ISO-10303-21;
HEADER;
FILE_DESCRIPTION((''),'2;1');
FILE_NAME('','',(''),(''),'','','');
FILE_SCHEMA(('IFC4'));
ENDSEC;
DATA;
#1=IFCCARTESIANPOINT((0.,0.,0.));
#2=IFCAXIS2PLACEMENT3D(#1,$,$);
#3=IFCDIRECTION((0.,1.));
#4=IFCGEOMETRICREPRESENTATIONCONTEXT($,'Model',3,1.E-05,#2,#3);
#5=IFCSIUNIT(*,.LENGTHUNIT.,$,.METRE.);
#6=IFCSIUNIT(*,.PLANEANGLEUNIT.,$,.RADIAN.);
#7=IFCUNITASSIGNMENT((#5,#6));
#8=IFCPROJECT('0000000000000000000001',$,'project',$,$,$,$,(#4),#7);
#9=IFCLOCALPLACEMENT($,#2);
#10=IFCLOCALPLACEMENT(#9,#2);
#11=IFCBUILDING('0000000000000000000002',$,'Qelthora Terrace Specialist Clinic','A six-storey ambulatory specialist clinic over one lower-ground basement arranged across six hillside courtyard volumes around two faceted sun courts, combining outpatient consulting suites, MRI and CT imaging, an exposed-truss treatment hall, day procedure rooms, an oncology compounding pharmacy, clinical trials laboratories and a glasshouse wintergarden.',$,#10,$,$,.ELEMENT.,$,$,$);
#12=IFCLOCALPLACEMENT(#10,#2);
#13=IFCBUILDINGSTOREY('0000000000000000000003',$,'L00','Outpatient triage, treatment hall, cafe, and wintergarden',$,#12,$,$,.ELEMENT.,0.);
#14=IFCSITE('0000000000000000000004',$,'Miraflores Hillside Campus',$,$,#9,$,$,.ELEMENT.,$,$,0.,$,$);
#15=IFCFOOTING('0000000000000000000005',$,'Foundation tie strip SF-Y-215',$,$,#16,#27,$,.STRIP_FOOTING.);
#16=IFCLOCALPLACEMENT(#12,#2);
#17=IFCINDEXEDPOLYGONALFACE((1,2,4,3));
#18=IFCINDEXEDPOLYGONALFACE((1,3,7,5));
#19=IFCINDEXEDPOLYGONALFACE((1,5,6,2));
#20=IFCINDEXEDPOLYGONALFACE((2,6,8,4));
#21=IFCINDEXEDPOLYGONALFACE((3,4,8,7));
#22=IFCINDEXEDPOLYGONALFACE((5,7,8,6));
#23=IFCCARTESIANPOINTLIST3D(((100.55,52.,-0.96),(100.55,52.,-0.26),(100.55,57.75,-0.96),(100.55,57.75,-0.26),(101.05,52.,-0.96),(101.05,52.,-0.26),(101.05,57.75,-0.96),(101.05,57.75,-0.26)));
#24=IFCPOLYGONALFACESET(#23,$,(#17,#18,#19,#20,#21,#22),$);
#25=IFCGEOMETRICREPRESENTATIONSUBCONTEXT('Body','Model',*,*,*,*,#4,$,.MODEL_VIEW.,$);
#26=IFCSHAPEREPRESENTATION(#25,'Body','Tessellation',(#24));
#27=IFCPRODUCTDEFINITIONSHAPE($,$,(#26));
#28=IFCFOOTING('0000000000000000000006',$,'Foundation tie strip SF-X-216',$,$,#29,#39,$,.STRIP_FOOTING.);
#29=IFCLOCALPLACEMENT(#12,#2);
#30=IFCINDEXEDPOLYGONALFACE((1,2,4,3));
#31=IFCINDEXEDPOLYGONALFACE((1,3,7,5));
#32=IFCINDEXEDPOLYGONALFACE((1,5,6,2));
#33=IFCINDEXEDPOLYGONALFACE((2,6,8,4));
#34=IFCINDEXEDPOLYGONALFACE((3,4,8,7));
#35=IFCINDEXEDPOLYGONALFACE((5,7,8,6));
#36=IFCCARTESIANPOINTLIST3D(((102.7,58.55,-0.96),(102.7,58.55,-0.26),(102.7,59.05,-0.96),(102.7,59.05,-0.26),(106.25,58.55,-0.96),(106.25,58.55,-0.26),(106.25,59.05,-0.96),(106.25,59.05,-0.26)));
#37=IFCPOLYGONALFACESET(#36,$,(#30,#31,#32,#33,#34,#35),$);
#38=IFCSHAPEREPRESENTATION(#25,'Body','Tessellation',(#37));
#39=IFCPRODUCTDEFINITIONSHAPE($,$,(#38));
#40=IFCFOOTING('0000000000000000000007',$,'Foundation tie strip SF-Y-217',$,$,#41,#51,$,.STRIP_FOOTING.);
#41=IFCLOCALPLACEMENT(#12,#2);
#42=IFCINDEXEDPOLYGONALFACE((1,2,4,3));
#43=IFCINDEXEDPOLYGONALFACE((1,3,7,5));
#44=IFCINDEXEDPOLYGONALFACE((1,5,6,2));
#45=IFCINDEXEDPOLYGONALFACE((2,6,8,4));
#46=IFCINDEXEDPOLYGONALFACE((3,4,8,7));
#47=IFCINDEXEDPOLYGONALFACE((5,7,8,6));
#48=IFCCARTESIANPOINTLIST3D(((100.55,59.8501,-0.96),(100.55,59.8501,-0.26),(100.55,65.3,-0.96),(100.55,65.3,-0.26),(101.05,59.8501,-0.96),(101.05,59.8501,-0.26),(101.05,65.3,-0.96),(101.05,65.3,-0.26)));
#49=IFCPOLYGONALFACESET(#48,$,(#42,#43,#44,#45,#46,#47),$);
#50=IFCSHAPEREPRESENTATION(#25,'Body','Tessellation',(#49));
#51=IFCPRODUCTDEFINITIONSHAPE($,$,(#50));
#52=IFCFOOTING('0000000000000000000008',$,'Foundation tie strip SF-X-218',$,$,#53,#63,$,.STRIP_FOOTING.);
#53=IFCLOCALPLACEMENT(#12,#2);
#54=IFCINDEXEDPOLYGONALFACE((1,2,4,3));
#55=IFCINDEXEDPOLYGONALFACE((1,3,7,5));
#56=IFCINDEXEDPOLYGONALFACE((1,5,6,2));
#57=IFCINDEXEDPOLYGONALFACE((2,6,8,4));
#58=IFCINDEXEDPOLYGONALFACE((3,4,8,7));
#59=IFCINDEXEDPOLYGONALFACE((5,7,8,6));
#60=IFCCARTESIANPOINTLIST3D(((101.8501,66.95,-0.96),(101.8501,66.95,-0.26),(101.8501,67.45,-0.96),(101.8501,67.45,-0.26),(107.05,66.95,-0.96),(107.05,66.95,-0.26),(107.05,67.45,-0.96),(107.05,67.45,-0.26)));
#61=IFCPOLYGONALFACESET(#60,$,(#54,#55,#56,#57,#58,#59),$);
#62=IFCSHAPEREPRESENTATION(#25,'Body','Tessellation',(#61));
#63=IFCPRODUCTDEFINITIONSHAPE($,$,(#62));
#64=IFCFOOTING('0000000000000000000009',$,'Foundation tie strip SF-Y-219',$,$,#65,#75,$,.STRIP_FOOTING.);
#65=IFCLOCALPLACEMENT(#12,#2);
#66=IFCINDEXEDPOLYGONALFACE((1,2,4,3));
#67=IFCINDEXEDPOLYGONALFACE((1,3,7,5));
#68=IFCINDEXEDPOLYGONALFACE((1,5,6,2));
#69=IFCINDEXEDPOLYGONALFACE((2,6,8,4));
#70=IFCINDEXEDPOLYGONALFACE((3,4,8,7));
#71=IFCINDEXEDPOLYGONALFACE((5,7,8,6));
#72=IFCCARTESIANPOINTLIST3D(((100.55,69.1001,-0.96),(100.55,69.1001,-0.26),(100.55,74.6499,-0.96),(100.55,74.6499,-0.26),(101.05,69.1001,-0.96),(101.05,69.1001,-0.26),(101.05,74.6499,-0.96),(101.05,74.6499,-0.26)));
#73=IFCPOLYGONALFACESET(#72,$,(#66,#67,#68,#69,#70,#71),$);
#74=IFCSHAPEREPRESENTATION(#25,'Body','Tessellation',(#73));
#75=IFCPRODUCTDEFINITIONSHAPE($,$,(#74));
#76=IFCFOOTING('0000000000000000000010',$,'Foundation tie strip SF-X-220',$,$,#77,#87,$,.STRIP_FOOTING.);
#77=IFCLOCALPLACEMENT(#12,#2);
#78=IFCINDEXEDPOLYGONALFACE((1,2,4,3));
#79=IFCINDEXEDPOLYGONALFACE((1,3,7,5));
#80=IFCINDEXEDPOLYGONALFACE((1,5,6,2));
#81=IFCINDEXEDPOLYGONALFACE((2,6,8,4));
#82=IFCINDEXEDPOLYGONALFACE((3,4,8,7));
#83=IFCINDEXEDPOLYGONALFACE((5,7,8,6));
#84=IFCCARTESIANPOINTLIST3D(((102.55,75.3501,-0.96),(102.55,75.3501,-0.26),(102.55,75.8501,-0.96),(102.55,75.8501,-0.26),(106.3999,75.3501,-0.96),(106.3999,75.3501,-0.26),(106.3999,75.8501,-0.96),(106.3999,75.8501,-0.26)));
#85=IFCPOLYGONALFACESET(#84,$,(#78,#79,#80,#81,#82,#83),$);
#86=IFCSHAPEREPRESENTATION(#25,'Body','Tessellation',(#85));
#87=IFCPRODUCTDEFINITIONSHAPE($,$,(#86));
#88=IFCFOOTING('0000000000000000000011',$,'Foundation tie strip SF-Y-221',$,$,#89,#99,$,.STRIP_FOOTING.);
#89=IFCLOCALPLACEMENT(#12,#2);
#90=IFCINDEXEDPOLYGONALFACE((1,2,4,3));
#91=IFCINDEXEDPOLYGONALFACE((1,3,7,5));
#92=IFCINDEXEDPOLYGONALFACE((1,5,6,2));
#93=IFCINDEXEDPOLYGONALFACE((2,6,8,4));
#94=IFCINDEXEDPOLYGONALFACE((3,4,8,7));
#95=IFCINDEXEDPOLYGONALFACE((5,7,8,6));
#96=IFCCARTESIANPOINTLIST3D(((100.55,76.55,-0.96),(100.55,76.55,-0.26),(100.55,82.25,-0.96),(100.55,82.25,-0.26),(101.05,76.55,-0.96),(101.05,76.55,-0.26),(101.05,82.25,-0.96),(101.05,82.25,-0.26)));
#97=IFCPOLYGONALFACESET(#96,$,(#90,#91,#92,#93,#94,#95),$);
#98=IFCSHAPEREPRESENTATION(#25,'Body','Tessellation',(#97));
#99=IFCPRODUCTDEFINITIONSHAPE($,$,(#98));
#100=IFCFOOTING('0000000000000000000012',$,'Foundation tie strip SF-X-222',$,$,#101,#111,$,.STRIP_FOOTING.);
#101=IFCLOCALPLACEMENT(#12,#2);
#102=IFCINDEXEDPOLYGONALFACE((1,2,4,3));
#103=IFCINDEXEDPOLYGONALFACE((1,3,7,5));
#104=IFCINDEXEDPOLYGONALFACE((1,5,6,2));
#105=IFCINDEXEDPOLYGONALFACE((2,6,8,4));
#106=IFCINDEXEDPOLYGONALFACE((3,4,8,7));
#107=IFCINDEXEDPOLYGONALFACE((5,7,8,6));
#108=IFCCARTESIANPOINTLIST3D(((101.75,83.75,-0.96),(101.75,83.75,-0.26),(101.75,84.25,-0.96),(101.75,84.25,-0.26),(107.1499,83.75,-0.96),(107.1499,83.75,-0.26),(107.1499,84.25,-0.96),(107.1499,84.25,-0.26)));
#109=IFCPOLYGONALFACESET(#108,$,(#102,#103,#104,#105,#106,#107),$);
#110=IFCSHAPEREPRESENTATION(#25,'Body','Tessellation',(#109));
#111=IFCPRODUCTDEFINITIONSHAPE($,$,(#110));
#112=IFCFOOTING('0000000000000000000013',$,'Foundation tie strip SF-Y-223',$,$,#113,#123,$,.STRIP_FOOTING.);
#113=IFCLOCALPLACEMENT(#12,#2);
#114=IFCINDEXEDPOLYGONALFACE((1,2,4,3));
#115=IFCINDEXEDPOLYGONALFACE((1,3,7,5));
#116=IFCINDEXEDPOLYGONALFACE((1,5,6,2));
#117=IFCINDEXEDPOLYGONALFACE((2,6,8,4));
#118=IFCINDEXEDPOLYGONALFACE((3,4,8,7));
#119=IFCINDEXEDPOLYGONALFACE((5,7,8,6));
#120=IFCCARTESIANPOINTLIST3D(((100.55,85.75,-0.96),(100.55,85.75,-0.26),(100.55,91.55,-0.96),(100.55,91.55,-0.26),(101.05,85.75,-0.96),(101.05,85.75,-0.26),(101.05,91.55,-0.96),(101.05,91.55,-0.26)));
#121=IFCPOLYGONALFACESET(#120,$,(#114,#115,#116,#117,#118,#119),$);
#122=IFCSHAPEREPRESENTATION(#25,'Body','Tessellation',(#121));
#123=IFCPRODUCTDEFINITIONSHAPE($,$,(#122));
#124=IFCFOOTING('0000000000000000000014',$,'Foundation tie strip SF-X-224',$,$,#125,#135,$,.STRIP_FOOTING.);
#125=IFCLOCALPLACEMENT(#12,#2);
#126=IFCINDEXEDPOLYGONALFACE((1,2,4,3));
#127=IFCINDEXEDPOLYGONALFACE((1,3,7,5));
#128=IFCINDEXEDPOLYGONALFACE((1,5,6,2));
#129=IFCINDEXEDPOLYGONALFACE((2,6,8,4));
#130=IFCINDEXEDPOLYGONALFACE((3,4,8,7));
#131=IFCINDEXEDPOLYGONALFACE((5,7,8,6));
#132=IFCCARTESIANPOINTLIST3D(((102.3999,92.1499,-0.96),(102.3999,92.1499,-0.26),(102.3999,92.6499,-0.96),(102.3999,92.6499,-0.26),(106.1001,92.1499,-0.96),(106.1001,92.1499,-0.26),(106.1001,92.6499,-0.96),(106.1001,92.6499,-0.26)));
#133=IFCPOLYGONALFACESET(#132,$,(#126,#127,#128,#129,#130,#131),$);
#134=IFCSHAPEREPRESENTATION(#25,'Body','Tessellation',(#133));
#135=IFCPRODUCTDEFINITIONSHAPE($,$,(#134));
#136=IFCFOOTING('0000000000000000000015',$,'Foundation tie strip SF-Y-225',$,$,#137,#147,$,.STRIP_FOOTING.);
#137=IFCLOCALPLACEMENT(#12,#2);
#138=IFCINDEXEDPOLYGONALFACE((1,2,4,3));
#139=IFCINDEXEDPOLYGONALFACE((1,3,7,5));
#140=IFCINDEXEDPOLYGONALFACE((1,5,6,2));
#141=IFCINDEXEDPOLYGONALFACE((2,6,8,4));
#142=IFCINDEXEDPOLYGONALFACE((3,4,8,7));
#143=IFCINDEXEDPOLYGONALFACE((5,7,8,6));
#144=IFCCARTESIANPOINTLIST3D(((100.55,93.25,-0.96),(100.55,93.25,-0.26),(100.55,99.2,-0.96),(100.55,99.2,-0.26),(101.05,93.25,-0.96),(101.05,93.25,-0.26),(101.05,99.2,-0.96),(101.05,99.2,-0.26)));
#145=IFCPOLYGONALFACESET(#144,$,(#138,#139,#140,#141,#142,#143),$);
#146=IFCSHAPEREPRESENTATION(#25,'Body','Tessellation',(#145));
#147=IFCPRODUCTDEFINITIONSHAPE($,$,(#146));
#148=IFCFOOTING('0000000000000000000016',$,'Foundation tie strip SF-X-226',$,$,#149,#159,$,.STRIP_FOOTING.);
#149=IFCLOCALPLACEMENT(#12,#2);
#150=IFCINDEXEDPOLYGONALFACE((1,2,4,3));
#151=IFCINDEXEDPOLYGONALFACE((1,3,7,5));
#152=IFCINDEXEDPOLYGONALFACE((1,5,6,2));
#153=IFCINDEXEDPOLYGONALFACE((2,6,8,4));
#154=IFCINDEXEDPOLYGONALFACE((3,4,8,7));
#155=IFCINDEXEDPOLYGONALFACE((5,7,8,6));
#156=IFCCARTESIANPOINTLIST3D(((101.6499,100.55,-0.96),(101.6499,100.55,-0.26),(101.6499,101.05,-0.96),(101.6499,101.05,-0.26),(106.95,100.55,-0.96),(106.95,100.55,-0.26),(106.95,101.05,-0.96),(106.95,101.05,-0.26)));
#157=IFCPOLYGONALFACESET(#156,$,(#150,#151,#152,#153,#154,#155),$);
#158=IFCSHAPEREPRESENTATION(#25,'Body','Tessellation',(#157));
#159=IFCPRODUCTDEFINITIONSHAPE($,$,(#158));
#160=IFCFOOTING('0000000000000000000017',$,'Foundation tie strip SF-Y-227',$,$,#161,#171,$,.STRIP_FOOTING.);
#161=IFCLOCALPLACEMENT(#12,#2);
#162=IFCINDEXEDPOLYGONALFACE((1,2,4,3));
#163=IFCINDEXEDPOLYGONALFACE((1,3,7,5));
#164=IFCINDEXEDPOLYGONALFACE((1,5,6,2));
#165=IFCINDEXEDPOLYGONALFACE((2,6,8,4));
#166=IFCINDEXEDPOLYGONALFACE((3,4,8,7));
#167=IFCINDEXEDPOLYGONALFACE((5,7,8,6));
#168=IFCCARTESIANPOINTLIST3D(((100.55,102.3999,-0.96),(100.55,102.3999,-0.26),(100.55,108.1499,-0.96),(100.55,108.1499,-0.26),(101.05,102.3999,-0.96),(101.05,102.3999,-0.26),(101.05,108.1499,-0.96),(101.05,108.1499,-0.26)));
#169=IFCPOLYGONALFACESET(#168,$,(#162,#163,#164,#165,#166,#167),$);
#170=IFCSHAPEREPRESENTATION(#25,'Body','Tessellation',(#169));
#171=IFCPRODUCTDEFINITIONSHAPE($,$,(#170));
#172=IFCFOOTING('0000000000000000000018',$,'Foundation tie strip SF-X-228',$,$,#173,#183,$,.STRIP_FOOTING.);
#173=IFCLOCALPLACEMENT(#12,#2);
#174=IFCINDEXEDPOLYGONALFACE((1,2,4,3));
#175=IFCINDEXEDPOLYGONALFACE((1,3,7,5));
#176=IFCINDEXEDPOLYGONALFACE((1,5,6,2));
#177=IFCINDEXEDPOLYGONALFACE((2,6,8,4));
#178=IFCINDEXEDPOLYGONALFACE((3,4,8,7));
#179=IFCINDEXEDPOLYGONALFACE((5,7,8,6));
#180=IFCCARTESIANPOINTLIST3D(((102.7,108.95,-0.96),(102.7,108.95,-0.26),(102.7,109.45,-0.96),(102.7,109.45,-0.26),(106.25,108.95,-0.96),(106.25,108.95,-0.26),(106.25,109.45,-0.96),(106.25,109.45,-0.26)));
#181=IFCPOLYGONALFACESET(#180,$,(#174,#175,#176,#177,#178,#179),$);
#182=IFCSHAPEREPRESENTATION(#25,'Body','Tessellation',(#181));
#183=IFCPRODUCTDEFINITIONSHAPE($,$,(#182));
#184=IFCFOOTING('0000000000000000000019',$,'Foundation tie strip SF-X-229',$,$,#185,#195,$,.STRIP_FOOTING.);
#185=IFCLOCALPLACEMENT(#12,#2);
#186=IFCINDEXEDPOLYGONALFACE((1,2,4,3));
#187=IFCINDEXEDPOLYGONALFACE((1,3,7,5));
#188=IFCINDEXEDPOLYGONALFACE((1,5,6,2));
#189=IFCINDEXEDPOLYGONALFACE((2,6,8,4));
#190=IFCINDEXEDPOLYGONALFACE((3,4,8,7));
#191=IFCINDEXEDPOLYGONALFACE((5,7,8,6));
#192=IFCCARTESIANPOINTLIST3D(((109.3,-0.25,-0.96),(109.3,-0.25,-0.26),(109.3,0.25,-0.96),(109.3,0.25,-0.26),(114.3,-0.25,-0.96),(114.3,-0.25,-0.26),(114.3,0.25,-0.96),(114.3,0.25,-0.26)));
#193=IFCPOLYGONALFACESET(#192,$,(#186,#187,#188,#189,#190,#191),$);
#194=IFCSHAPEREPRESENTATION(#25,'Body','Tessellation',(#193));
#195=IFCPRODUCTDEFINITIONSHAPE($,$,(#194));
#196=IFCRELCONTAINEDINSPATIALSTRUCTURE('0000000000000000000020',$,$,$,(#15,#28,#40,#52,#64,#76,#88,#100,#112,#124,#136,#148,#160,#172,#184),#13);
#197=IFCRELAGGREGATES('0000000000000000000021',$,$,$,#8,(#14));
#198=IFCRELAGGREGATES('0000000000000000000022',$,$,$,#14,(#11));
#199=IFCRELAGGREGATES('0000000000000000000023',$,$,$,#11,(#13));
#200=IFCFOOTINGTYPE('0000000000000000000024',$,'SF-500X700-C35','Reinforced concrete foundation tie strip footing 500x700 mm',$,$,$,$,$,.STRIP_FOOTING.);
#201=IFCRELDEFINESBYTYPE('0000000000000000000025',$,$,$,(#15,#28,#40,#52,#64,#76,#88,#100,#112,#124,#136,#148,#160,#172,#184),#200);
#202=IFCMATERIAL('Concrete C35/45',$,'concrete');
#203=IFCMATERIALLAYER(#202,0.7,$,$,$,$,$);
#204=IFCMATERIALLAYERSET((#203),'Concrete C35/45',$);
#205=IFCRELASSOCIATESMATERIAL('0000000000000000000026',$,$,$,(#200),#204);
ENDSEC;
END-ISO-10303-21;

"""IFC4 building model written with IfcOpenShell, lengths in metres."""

from ifc_helpers import new_model, si_unit, direction, frame, origin, place, context, subcontext, project, spatial, polyline, outline, extrude, material, layer, layer_set, type_object, element, save


model = new_model("IFC4")

# Units and contexts
model_context = context("Model", 3, precision=1e-05, world=origin(), true_north=direction((0.0, 1.0)))
body_context = subcontext(model_context, "Body", "Model", "MODEL_VIEW")
ifc_project = project(units=[si_unit("LENGTHUNIT", "METRE"), si_unit("PLANEANGLEUNIT", "RADIAN")], contexts=[model_context])

# Site, building, storey
site_placement = place(None, origin())
site = spatial("IfcSite", under=ifc_project, at=site_placement, Name="Miraflores Hillside Campus", CompositionType="ELEMENT", RefElevation=0.0)
building_placement = place(site_placement, origin())
building = spatial("IfcBuilding", under=site, at=building_placement, Name="Qelthora Terrace Specialist Clinic", Description="A six-storey ambulatory specialist clinic over one lower-ground basement arranged across six hillside courtyard volumes around two faceted sun courts, combining outpatient consulting suites, MRI and CT imaging, an exposed-truss treatment hall, day procedure rooms, an oncology compounding pharmacy, clinical trials laboratories and a glasshouse wintergarden.", CompositionType="ELEMENT")
storey_placement = place(building_placement, origin())
storey = spatial("IfcBuildingStorey", under=building, at=storey_placement, Name="L00", Description="Outpatient triage, treatment hall, cafe, and wintergarden", CompositionType="ELEMENT", Elevation=0.0)

# Footings
ifc_material = material(Name="Concrete C35/45", Category="concrete")
ifc_layer = layer(ifc_material, 0.7)
ifc_layer_set = layer_set([ifc_layer], Name="Concrete C35/45")
footing_type = type_object("IfcFootingType", Name="SF-500X700-C35", Description="Reinforced concrete foundation tie strip footing 500x700 mm", PredefinedType="STRIP_FOOTING", material=ifc_layer_set)
footing_1_placement = place(storey_placement, frame((0.0, 0.0, -0.96)))
element("IfcFooting", 1, at=footing_1_placement, inside=storey, type_object=footing_type, Name="Foundation tie strip SF-Y-215", PredefinedType="STRIP_FOOTING", context=body_context, shape_type="SweptSolid", body=[
    extrude(outline(polyline([(100.55, 52.0), (101.05, 52.0), (101.05, 57.75), (100.55, 57.75), (100.55, 52.0)])), origin(), (0.0, 0.0, 1.0), 0.7),
])
footing_2_placement = place(storey_placement, frame((0.0, 0.0, -0.96)))
element("IfcFooting", 2, at=footing_2_placement, inside=storey, type_object=footing_type, Name="Foundation tie strip SF-X-216", PredefinedType="STRIP_FOOTING", context=body_context, shape_type="SweptSolid", body=[
    extrude(outline(polyline([(102.7, 58.55), (106.25, 58.55), (106.25, 59.05), (102.7, 59.05), (102.7, 58.55)])), origin(), (0.0, 0.0, 1.0), 0.7),
])
footing_3_placement = place(storey_placement, frame((0.0, 0.0, -0.96)))
element("IfcFooting", 3, at=footing_3_placement, inside=storey, type_object=footing_type, Name="Foundation tie strip SF-Y-217", PredefinedType="STRIP_FOOTING", context=body_context, shape_type="SweptSolid", body=[
    extrude(outline(polyline([(100.55, 59.8501), (101.05, 59.8501), (101.05, 65.3), (100.55, 65.3), (100.55, 59.8501)])), origin(), (0.0, 0.0, 1.0), 0.7),
])
footing_4_placement = place(storey_placement, frame((0.0, 0.0, -0.96)))
element("IfcFooting", 4, at=footing_4_placement, inside=storey, type_object=footing_type, Name="Foundation tie strip SF-X-218", PredefinedType="STRIP_FOOTING", context=body_context, shape_type="SweptSolid", body=[
    extrude(outline(polyline([(101.8501, 66.95), (107.05, 66.95), (107.05, 67.45), (101.8501, 67.45), (101.8501, 66.95)])), origin(), (0.0, 0.0, 1.0), 0.7),
])
footing_5_placement = place(storey_placement, frame((0.0, 0.0, -0.96)))
element("IfcFooting", 5, at=footing_5_placement, inside=storey, type_object=footing_type, Name="Foundation tie strip SF-Y-219", PredefinedType="STRIP_FOOTING", context=body_context, shape_type="SweptSolid", body=[
    extrude(outline(polyline([(100.55, 69.1001), (101.05, 69.1001), (101.05, 74.6499), (100.55, 74.6499), (100.55, 69.1001)])), origin(), (0.0, 0.0, 1.0), 0.7),
])
footing_6_placement = place(storey_placement, frame((0.0, 0.0, -0.96)))
element("IfcFooting", 6, at=footing_6_placement, inside=storey, type_object=footing_type, Name="Foundation tie strip SF-X-220", PredefinedType="STRIP_FOOTING", context=body_context, shape_type="SweptSolid", body=[
    extrude(outline(polyline([(102.55, 75.3501), (106.3999, 75.3501), (106.3999, 75.8501), (102.55, 75.8501), (102.55, 75.3501)])), origin(), (0.0, 0.0, 1.0), 0.7),
])
footing_7_placement = place(storey_placement, frame((0.0, 0.0, -0.96)))
element("IfcFooting", 7, at=footing_7_placement, inside=storey, type_object=footing_type, Name="Foundation tie strip SF-Y-221", PredefinedType="STRIP_FOOTING", context=body_context, shape_type="SweptSolid", body=[
    extrude(outline(polyline([(100.55, 76.55), (101.05, 76.55), (101.05, 82.25), (100.55, 82.25), (100.55, 76.55)])), origin(), (0.0, 0.0, 1.0), 0.7),
])
footing_8_placement = place(storey_placement, frame((0.0, 0.0, -0.96)))
element("IfcFooting", 8, at=footing_8_placement, inside=storey, type_object=footing_type, Name="Foundation tie strip SF-X-222", PredefinedType="STRIP_FOOTING", context=body_context, shape_type="SweptSolid", body=[
    extrude(outline(polyline([(101.75, 83.75), (107.1499, 83.75), (107.1499, 84.25), (101.75, 84.25), (101.75, 83.75)])), origin(), (0.0, 0.0, 1.0), 0.7),
])
footing_9_placement = place(storey_placement, frame((0.0, 0.0, -0.96)))
element("IfcFooting", 9, at=footing_9_placement, inside=storey, type_object=footing_type, Name="Foundation tie strip SF-Y-223", PredefinedType="STRIP_FOOTING", context=body_context, shape_type="SweptSolid", body=[
    extrude(outline(polyline([(100.55, 85.75), (101.05, 85.75), (101.05, 91.55), (100.55, 91.55), (100.55, 85.75)])), origin(), (0.0, 0.0, 1.0), 0.7),
])
footing_10_placement = place(storey_placement, frame((0.0, 0.0, -0.96)))
element("IfcFooting", 10, at=footing_10_placement, inside=storey, type_object=footing_type, Name="Foundation tie strip SF-X-224", PredefinedType="STRIP_FOOTING", context=body_context, shape_type="SweptSolid", body=[
    extrude(outline(polyline([(102.3999, 92.1499), (106.1001, 92.1499), (106.1001, 92.6499), (102.3999, 92.6499), (102.3999, 92.1499)])), origin(), (0.0, 0.0, 1.0), 0.7),
])
footing_11_placement = place(storey_placement, frame((0.0, 0.0, -0.96)))
element("IfcFooting", 11, at=footing_11_placement, inside=storey, type_object=footing_type, Name="Foundation tie strip SF-Y-225", PredefinedType="STRIP_FOOTING", context=body_context, shape_type="SweptSolid", body=[
    extrude(outline(polyline([(100.55, 93.25), (101.05, 93.25), (101.05, 99.2), (100.55, 99.2), (100.55, 93.25)])), origin(), (0.0, 0.0, 1.0), 0.7),
])
footing_12_placement = place(storey_placement, frame((0.0, 0.0, -0.96)))
element("IfcFooting", 12, at=footing_12_placement, inside=storey, type_object=footing_type, Name="Foundation tie strip SF-X-226", PredefinedType="STRIP_FOOTING", context=body_context, shape_type="SweptSolid", body=[
    extrude(outline(polyline([(101.6499, 100.55), (106.95, 100.55), (106.95, 101.05), (101.6499, 101.05), (101.6499, 100.55)])), origin(), (0.0, 0.0, 1.0), 0.7),
])
footing_13_placement = place(storey_placement, frame((0.0, 0.0, -0.96)))
element("IfcFooting", 13, at=footing_13_placement, inside=storey, type_object=footing_type, Name="Foundation tie strip SF-Y-227", PredefinedType="STRIP_FOOTING", context=body_context, shape_type="SweptSolid", body=[
    extrude(outline(polyline([(100.55, 102.3999), (101.05, 102.3999), (101.05, 108.1499), (100.55, 108.1499), (100.55, 102.3999)])), origin(), (0.0, 0.0, 1.0), 0.7),
])
footing_14_placement = place(storey_placement, frame((0.0, 0.0, -0.96)))
element("IfcFooting", 14, at=footing_14_placement, inside=storey, type_object=footing_type, Name="Foundation tie strip SF-X-228", PredefinedType="STRIP_FOOTING", context=body_context, shape_type="SweptSolid", body=[
    extrude(outline(polyline([(102.7, 108.95), (106.25, 108.95), (106.25, 109.45), (102.7, 109.45), (102.7, 108.95)])), origin(), (0.0, 0.0, 1.0), 0.7),
])
footing_15_placement = place(storey_placement, frame((0.0, 0.0, -0.96)))
element("IfcFooting", 15, at=footing_15_placement, inside=storey, type_object=footing_type, Name="Foundation tie strip SF-X-229", PredefinedType="STRIP_FOOTING", context=body_context, shape_type="SweptSolid", body=[
    extrude(outline(polyline([(109.3, -0.25), (114.3, -0.25), (114.3, 0.25), (109.3, 0.25), (109.3, -0.25)])), origin(), (0.0, 0.0, 1.0), 0.7),
])

save(model, "model.ifc")
